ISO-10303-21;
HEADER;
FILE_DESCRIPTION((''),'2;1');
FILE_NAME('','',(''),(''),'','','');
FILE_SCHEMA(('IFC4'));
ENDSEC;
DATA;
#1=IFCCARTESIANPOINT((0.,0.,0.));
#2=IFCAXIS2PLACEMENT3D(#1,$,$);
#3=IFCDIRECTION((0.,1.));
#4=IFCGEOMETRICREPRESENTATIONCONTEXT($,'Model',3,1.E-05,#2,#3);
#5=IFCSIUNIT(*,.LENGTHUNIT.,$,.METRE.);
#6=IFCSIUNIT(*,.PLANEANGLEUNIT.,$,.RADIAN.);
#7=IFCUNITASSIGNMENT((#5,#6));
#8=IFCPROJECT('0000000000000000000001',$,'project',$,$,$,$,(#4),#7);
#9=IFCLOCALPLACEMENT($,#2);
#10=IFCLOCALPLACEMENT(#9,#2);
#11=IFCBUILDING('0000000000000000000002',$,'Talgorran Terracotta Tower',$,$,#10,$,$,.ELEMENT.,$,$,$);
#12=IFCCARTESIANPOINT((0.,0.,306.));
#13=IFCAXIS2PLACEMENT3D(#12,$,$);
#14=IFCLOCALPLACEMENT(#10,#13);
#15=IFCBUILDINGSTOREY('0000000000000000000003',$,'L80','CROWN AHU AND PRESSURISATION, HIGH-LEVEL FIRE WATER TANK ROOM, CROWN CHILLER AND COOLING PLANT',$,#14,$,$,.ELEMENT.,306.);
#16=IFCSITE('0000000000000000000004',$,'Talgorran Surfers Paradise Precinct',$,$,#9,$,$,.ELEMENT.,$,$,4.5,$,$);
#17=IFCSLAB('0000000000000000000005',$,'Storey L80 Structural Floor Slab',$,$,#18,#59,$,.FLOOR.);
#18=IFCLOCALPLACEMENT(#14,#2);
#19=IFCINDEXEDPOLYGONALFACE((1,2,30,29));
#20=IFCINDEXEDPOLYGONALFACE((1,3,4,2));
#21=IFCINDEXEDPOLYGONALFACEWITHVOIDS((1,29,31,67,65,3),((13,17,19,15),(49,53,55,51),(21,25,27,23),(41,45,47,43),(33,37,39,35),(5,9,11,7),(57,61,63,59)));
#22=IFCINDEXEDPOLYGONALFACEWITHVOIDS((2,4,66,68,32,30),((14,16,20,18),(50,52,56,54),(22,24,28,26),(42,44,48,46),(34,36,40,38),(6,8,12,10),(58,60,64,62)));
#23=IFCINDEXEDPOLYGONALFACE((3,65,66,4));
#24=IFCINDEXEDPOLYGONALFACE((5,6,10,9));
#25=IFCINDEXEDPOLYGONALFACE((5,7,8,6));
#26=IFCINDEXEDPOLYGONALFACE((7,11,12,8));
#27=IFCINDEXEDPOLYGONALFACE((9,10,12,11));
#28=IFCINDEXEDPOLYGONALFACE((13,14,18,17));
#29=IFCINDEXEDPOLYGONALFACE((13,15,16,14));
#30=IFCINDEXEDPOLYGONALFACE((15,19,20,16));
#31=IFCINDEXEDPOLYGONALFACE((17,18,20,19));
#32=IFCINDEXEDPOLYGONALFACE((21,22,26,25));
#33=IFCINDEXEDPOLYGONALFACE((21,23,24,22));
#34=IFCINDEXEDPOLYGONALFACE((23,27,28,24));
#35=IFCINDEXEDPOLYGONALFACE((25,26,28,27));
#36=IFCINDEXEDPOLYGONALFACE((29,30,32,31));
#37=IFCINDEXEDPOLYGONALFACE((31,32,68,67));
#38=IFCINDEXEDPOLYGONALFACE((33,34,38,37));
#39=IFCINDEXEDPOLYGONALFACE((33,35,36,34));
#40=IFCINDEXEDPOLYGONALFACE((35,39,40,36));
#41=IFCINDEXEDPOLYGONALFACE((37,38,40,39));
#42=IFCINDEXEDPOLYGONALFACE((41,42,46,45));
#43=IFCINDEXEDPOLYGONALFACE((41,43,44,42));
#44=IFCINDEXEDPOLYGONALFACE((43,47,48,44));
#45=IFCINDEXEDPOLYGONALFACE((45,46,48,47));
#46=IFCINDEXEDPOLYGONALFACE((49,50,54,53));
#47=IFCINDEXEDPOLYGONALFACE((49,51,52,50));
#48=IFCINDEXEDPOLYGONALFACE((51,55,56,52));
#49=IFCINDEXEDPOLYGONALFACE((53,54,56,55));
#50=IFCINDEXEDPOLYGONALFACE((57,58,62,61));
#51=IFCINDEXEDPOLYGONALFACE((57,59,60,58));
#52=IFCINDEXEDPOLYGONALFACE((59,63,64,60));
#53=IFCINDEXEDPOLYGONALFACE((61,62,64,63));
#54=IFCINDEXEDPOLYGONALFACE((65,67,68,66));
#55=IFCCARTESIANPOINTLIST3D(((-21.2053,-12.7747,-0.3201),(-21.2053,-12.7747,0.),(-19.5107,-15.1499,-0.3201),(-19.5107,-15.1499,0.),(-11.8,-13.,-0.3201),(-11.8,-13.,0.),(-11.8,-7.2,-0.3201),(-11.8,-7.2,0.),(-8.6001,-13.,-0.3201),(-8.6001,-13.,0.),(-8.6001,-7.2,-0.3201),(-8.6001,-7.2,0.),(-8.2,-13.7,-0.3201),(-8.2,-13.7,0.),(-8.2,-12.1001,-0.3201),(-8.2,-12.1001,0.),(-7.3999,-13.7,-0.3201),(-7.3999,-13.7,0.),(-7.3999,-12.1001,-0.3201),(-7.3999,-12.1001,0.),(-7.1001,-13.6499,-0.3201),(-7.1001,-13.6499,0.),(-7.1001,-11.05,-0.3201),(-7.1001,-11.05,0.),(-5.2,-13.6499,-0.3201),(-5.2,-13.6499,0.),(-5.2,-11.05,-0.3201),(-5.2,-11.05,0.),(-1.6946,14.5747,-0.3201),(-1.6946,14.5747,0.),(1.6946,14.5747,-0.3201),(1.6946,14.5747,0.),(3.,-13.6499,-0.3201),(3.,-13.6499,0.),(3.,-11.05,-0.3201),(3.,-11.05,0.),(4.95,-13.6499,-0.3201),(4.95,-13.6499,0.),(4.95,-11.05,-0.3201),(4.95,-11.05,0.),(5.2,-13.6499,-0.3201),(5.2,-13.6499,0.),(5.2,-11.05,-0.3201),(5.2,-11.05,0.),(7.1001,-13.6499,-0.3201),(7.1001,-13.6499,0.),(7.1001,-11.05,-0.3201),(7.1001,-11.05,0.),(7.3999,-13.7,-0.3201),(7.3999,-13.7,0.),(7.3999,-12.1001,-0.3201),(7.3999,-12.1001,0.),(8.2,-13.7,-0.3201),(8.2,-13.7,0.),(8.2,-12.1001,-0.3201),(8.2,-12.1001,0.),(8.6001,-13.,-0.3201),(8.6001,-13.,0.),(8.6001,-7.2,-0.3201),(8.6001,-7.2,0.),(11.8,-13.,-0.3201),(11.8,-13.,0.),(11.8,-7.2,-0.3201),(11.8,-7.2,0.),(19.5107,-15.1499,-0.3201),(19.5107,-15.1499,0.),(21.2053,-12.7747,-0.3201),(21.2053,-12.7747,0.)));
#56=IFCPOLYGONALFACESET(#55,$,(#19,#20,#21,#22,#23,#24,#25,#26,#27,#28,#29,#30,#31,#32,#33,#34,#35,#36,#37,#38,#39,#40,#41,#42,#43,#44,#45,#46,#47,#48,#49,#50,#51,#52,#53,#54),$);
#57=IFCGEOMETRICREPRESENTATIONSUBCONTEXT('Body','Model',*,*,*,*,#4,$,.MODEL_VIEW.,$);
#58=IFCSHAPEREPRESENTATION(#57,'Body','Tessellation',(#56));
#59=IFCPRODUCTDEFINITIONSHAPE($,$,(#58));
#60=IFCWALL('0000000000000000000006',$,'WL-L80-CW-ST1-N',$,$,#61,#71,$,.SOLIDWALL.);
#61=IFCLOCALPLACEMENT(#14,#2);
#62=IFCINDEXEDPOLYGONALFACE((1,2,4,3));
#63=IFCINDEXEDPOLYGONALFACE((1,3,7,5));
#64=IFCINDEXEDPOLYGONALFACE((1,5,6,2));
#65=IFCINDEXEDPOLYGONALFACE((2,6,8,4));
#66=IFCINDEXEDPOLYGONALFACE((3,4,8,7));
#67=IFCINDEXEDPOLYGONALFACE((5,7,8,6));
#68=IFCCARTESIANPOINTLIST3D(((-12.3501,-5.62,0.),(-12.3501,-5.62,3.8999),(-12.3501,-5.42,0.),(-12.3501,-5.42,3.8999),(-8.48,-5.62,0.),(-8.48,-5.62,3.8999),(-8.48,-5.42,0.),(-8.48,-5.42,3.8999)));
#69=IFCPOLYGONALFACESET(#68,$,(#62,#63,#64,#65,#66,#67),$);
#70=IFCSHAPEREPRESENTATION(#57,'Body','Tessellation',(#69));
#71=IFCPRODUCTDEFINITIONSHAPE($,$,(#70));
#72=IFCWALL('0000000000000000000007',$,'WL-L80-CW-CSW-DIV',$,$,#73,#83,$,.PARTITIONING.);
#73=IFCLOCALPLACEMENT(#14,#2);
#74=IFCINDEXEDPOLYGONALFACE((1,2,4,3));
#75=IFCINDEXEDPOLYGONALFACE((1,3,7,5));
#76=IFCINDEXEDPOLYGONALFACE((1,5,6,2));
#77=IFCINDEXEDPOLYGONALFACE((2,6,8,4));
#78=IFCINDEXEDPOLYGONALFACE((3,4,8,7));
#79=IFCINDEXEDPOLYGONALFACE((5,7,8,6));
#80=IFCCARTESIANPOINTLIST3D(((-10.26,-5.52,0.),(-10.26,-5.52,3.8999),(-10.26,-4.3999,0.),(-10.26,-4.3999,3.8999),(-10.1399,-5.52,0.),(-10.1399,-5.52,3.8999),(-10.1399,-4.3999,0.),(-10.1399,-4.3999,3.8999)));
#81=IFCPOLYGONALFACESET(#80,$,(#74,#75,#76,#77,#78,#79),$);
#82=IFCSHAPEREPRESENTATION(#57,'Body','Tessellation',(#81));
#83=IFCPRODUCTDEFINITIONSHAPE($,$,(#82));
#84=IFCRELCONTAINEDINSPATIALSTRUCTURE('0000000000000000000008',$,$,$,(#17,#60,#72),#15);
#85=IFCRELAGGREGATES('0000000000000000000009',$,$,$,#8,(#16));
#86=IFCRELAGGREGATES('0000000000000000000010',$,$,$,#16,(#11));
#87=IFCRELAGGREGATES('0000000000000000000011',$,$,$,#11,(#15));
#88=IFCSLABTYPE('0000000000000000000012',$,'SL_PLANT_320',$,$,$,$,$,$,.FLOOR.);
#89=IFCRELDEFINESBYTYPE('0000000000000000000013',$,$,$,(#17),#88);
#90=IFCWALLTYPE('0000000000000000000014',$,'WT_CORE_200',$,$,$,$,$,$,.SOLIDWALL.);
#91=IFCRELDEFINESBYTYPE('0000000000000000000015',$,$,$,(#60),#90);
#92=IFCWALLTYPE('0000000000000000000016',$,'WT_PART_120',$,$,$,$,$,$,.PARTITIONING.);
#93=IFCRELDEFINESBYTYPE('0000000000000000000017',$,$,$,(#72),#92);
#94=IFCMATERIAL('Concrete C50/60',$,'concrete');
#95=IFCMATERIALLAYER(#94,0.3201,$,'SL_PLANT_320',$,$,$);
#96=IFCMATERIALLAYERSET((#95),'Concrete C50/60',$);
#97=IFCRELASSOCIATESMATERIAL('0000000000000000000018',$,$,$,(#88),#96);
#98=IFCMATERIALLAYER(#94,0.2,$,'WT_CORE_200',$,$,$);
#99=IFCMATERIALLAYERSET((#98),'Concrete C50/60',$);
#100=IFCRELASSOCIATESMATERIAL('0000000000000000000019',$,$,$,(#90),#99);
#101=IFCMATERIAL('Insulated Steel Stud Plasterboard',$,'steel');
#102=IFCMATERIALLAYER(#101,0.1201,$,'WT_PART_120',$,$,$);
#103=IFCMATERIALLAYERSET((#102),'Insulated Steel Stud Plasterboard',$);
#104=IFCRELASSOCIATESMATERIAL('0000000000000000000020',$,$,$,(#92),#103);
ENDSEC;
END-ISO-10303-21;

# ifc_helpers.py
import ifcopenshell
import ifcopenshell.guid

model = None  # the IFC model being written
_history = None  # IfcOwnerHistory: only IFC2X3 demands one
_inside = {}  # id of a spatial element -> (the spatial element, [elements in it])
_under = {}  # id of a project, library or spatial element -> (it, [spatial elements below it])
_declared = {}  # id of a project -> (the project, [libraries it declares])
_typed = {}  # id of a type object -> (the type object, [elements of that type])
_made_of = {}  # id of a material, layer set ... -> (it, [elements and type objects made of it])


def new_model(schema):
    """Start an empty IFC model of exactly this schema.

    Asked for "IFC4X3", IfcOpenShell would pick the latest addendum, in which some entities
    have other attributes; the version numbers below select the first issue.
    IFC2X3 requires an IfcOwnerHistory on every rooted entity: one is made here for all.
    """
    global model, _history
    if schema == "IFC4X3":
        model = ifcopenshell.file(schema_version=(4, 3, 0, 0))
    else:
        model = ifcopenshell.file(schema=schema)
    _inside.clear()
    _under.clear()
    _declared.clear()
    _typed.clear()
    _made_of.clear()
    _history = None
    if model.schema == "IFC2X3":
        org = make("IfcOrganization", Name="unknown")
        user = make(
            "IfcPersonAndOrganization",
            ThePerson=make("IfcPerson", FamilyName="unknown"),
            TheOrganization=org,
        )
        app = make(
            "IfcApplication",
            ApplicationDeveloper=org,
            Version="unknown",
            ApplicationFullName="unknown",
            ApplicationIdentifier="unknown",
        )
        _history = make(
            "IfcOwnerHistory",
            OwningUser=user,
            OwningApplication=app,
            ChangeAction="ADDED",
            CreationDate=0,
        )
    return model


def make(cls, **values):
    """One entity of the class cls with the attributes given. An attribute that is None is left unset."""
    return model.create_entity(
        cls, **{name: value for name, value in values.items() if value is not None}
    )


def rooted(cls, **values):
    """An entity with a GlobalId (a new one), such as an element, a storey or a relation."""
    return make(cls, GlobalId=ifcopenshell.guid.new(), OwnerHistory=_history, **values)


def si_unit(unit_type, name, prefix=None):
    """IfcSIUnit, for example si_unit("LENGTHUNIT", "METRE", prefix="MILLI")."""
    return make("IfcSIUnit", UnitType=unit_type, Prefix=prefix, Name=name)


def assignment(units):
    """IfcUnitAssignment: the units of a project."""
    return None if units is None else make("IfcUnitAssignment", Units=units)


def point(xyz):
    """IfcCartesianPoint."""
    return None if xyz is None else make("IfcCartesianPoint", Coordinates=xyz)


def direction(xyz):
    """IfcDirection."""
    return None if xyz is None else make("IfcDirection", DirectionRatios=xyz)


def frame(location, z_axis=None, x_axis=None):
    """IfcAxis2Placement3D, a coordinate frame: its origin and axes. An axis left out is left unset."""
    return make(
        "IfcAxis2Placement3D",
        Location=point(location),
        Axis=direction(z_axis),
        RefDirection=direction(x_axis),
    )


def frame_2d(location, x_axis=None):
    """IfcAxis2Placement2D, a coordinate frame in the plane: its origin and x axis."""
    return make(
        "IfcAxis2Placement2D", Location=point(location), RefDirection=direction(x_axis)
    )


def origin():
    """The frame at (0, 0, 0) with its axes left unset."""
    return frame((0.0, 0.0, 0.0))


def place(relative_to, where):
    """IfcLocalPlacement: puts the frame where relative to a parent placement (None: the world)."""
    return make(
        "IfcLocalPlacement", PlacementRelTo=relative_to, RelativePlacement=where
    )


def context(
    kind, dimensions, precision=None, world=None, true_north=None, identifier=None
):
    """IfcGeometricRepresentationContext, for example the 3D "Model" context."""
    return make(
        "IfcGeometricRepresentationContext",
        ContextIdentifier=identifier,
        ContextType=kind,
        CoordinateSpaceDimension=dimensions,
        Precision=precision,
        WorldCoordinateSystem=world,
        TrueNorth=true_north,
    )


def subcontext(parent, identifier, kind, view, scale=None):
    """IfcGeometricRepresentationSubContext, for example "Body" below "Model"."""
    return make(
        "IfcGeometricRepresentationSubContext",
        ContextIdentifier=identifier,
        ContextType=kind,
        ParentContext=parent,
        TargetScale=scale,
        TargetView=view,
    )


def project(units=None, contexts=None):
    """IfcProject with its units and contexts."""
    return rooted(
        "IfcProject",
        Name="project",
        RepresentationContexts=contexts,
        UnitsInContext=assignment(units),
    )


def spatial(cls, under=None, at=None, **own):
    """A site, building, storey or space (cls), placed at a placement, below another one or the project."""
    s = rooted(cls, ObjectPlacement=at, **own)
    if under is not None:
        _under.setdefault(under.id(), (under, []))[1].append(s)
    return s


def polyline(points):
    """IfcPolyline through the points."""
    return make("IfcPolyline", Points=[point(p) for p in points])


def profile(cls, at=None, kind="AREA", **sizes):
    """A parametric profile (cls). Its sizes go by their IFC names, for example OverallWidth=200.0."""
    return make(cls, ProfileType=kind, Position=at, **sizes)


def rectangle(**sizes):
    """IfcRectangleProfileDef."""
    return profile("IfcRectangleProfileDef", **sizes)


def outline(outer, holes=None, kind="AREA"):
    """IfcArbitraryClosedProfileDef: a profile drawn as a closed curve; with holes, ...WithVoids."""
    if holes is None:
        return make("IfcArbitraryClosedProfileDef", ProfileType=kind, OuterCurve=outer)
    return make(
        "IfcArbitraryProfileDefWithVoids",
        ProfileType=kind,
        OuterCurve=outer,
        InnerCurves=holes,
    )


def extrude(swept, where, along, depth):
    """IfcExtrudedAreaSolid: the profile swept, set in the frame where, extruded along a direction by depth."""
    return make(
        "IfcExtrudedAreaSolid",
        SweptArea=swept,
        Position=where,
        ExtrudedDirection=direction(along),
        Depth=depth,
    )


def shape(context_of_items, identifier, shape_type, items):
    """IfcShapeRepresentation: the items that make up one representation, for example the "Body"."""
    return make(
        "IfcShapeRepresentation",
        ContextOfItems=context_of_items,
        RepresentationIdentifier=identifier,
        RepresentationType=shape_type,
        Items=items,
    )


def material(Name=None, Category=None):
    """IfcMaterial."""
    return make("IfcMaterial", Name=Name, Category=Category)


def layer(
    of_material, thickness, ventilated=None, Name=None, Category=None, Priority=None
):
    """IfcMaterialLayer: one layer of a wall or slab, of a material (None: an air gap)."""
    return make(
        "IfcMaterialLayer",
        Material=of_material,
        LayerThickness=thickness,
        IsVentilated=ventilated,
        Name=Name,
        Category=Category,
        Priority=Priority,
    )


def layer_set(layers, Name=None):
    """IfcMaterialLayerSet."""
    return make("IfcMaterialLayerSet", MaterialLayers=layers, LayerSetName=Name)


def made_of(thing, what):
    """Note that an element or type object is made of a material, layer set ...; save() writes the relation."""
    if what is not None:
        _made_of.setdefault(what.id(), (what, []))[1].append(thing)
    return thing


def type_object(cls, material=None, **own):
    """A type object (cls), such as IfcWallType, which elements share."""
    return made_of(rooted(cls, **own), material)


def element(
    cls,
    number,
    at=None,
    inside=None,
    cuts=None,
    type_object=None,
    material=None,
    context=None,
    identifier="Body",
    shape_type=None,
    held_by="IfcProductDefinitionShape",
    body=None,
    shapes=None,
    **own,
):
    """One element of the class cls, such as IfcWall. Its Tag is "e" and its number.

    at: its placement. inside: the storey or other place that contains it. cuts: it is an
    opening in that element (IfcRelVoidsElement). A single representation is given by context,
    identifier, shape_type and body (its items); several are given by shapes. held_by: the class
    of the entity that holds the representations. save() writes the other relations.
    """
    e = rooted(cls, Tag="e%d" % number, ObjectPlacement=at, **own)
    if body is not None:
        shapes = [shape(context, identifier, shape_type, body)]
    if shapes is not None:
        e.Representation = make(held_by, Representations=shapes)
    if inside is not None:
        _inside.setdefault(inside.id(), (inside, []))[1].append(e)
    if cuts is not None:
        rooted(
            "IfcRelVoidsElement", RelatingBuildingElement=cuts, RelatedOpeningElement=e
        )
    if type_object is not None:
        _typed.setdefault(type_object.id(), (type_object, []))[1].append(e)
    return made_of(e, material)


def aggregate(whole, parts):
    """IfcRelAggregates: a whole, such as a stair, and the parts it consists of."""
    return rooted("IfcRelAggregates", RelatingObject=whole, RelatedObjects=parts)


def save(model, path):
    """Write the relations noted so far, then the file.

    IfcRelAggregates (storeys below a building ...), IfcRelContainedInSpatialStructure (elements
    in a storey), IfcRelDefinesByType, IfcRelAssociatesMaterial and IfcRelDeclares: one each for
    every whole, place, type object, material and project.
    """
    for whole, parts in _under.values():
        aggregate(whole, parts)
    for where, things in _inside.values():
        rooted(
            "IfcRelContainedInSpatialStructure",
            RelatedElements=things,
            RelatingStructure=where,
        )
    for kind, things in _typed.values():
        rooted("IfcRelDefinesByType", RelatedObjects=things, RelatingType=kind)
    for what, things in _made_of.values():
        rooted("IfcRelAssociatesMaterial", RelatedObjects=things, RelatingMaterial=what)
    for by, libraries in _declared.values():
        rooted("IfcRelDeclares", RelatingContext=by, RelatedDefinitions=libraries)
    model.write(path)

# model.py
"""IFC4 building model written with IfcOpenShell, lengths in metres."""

from ifc_helpers import new_model, si_unit, direction, frame, frame_2d, origin, place, context, subcontext, project, spatial, polyline, rectangle, outline, extrude, material, layer, layer_set, type_object, element, save


model = new_model("IFC4")

# Units and contexts
model_context = context("Model", 3, precision=1e-05, world=origin(), true_north=direction((0.0, 1.0)))
body_context = subcontext(model_context, "Body", "Model", "MODEL_VIEW")
ifc_project = project(units=[si_unit("LENGTHUNIT", "METRE"), si_unit("PLANEANGLEUNIT", "RADIAN")], contexts=[model_context])

# Site, building, storey
site_placement = place(None, origin())
site = spatial("IfcSite", under=ifc_project, at=site_placement, Name="Talgorran Surfers Paradise Precinct", CompositionType="ELEMENT", RefElevation=4.5)
building_placement = place(site_placement, origin())
building = spatial("IfcBuilding", under=site, at=building_placement, Name="Talgorran Terracotta Tower", CompositionType="ELEMENT")
storey_placement = place(building_placement, frame((0.0, 0.0, 306.0)))
storey = spatial("IfcBuildingStorey", under=building, at=storey_placement, Name="L80", Description="CROWN AHU AND PRESSURISATION, HIGH-LEVEL FIRE WATER TANK ROOM, CROWN CHILLER AND COOLING PLANT", CompositionType="ELEMENT", Elevation=306.0)

# Slab
ifc_material_1 = material(Name="Concrete C50/60", Category="concrete")
ifc_layer_1 = layer(ifc_material_1, 0.3201, Name="SL_PLANT_320")
ifc_layer_set_1 = layer_set([ifc_layer_1], Name="Concrete C50/60")
slab_type = type_object("IfcSlabType", Name="SL_PLANT_320", PredefinedType="FLOOR", material=ifc_layer_set_1)
slab_placement = place(storey_placement, frame((0.0, 0.0, -0.3201)))
element("IfcSlab", 1, at=slab_placement, inside=storey, type_object=slab_type, Name="Storey L80 Structural Floor Slab", PredefinedType="FLOOR", context=body_context, shape_type="SweptSolid", body=[
    extrude(outline(polyline([(-21.2053, -12.7747), (-19.5107, -15.1499), (19.5107, -15.1499), (21.2053, -12.7747), (1.6946, 14.5747), (-1.6946, 14.5747), (-21.2053, -12.7747)]), holes=[polyline([(-11.8, -7.2), (-11.8, -13.0), (-8.6001, -13.0), (-8.6001, -7.2), (-11.8, -7.2)]), polyline([(8.6001, -7.2), (8.6001, -13.0), (11.8, -13.0), (11.8, -7.2), (8.6001, -7.2)]), polyline([(-7.1001, -13.6499), (-5.2, -13.6499), (-5.2, -11.05), (-7.1001, -11.05), (-7.1001, -13.6499)]), polyline([(5.2, -13.6499), (7.1001, -13.6499), (7.1001, -11.05), (5.2, -11.05), (5.2, -13.6499)]), polyline([(3.0, -13.6499), (4.95, -13.6499), (4.95, -11.05), (3.0, -11.05), (3.0, -13.6499)]), polyline([(-8.2, -13.7), (-7.3999, -13.7), (-7.3999, -12.1001), (-8.2, -12.1001), (-8.2, -13.7)]), polyline([(7.3999, -13.7), (8.2, -13.7), (8.2, -12.1001), (7.3999, -12.1001), (7.3999, -13.7)])]), origin(), (0.0, 0.0, 1.0), 0.3201),
])

# Walls
ifc_layer_2 = layer(ifc_material_1, 0.2, Name="WT_CORE_200")
ifc_layer_set_2 = layer_set([ifc_layer_2], Name="Concrete C50/60")
wall_type_1 = type_object("IfcWallType", Name="WT_CORE_200", PredefinedType="SOLIDWALL", material=ifc_layer_set_2)
wall_1_placement = place(storey_placement, frame((-12.3501, -5.52, 0.0), z_axis=(0.0, 0.0, 1.0), x_axis=(1.0, 0.0, 0.0)))
element("IfcWall", 2, at=wall_1_placement, inside=storey, type_object=wall_type_1, Name="WL-L80-CW-ST1-N", PredefinedType="SOLIDWALL", context=body_context, shape_type="SweptSolid", body=[
    extrude(rectangle(XDim=3.8701, YDim=0.2, at=frame_2d((1.9351, 0.0))), origin(), (0.0, 0.0, 1.0), 3.8999),
])
ifc_material_2 = material(Name="Insulated Steel Stud Plasterboard", Category="steel")
ifc_layer_3 = layer(ifc_material_2, 0.1201, Name="WT_PART_120")
ifc_layer_set_3 = layer_set([ifc_layer_3], Name="Insulated Steel Stud Plasterboard")
wall_type_2 = type_object("IfcWallType", Name="WT_PART_120", PredefinedType="PARTITIONING", material=ifc_layer_set_3)
wall_2_placement = place(storey_placement, frame((-10.2, -5.52, 0.0), z_axis=(0.0, 0.0, 1.0), x_axis=(0.0, 1.0, 0.0)))
element("IfcWall", 3, at=wall_2_placement, inside=storey, type_object=wall_type_2, Name="WL-L80-CW-CSW-DIV", PredefinedType="PARTITIONING", context=body_context, shape_type="SweptSolid", body=[
    extrude(rectangle(XDim=1.1201, YDim=0.1201, at=frame_2d((0.5601, 0.0))), origin(), (0.0, 0.0, 1.0), 3.8999),
])

save(model, "model.ifc")
